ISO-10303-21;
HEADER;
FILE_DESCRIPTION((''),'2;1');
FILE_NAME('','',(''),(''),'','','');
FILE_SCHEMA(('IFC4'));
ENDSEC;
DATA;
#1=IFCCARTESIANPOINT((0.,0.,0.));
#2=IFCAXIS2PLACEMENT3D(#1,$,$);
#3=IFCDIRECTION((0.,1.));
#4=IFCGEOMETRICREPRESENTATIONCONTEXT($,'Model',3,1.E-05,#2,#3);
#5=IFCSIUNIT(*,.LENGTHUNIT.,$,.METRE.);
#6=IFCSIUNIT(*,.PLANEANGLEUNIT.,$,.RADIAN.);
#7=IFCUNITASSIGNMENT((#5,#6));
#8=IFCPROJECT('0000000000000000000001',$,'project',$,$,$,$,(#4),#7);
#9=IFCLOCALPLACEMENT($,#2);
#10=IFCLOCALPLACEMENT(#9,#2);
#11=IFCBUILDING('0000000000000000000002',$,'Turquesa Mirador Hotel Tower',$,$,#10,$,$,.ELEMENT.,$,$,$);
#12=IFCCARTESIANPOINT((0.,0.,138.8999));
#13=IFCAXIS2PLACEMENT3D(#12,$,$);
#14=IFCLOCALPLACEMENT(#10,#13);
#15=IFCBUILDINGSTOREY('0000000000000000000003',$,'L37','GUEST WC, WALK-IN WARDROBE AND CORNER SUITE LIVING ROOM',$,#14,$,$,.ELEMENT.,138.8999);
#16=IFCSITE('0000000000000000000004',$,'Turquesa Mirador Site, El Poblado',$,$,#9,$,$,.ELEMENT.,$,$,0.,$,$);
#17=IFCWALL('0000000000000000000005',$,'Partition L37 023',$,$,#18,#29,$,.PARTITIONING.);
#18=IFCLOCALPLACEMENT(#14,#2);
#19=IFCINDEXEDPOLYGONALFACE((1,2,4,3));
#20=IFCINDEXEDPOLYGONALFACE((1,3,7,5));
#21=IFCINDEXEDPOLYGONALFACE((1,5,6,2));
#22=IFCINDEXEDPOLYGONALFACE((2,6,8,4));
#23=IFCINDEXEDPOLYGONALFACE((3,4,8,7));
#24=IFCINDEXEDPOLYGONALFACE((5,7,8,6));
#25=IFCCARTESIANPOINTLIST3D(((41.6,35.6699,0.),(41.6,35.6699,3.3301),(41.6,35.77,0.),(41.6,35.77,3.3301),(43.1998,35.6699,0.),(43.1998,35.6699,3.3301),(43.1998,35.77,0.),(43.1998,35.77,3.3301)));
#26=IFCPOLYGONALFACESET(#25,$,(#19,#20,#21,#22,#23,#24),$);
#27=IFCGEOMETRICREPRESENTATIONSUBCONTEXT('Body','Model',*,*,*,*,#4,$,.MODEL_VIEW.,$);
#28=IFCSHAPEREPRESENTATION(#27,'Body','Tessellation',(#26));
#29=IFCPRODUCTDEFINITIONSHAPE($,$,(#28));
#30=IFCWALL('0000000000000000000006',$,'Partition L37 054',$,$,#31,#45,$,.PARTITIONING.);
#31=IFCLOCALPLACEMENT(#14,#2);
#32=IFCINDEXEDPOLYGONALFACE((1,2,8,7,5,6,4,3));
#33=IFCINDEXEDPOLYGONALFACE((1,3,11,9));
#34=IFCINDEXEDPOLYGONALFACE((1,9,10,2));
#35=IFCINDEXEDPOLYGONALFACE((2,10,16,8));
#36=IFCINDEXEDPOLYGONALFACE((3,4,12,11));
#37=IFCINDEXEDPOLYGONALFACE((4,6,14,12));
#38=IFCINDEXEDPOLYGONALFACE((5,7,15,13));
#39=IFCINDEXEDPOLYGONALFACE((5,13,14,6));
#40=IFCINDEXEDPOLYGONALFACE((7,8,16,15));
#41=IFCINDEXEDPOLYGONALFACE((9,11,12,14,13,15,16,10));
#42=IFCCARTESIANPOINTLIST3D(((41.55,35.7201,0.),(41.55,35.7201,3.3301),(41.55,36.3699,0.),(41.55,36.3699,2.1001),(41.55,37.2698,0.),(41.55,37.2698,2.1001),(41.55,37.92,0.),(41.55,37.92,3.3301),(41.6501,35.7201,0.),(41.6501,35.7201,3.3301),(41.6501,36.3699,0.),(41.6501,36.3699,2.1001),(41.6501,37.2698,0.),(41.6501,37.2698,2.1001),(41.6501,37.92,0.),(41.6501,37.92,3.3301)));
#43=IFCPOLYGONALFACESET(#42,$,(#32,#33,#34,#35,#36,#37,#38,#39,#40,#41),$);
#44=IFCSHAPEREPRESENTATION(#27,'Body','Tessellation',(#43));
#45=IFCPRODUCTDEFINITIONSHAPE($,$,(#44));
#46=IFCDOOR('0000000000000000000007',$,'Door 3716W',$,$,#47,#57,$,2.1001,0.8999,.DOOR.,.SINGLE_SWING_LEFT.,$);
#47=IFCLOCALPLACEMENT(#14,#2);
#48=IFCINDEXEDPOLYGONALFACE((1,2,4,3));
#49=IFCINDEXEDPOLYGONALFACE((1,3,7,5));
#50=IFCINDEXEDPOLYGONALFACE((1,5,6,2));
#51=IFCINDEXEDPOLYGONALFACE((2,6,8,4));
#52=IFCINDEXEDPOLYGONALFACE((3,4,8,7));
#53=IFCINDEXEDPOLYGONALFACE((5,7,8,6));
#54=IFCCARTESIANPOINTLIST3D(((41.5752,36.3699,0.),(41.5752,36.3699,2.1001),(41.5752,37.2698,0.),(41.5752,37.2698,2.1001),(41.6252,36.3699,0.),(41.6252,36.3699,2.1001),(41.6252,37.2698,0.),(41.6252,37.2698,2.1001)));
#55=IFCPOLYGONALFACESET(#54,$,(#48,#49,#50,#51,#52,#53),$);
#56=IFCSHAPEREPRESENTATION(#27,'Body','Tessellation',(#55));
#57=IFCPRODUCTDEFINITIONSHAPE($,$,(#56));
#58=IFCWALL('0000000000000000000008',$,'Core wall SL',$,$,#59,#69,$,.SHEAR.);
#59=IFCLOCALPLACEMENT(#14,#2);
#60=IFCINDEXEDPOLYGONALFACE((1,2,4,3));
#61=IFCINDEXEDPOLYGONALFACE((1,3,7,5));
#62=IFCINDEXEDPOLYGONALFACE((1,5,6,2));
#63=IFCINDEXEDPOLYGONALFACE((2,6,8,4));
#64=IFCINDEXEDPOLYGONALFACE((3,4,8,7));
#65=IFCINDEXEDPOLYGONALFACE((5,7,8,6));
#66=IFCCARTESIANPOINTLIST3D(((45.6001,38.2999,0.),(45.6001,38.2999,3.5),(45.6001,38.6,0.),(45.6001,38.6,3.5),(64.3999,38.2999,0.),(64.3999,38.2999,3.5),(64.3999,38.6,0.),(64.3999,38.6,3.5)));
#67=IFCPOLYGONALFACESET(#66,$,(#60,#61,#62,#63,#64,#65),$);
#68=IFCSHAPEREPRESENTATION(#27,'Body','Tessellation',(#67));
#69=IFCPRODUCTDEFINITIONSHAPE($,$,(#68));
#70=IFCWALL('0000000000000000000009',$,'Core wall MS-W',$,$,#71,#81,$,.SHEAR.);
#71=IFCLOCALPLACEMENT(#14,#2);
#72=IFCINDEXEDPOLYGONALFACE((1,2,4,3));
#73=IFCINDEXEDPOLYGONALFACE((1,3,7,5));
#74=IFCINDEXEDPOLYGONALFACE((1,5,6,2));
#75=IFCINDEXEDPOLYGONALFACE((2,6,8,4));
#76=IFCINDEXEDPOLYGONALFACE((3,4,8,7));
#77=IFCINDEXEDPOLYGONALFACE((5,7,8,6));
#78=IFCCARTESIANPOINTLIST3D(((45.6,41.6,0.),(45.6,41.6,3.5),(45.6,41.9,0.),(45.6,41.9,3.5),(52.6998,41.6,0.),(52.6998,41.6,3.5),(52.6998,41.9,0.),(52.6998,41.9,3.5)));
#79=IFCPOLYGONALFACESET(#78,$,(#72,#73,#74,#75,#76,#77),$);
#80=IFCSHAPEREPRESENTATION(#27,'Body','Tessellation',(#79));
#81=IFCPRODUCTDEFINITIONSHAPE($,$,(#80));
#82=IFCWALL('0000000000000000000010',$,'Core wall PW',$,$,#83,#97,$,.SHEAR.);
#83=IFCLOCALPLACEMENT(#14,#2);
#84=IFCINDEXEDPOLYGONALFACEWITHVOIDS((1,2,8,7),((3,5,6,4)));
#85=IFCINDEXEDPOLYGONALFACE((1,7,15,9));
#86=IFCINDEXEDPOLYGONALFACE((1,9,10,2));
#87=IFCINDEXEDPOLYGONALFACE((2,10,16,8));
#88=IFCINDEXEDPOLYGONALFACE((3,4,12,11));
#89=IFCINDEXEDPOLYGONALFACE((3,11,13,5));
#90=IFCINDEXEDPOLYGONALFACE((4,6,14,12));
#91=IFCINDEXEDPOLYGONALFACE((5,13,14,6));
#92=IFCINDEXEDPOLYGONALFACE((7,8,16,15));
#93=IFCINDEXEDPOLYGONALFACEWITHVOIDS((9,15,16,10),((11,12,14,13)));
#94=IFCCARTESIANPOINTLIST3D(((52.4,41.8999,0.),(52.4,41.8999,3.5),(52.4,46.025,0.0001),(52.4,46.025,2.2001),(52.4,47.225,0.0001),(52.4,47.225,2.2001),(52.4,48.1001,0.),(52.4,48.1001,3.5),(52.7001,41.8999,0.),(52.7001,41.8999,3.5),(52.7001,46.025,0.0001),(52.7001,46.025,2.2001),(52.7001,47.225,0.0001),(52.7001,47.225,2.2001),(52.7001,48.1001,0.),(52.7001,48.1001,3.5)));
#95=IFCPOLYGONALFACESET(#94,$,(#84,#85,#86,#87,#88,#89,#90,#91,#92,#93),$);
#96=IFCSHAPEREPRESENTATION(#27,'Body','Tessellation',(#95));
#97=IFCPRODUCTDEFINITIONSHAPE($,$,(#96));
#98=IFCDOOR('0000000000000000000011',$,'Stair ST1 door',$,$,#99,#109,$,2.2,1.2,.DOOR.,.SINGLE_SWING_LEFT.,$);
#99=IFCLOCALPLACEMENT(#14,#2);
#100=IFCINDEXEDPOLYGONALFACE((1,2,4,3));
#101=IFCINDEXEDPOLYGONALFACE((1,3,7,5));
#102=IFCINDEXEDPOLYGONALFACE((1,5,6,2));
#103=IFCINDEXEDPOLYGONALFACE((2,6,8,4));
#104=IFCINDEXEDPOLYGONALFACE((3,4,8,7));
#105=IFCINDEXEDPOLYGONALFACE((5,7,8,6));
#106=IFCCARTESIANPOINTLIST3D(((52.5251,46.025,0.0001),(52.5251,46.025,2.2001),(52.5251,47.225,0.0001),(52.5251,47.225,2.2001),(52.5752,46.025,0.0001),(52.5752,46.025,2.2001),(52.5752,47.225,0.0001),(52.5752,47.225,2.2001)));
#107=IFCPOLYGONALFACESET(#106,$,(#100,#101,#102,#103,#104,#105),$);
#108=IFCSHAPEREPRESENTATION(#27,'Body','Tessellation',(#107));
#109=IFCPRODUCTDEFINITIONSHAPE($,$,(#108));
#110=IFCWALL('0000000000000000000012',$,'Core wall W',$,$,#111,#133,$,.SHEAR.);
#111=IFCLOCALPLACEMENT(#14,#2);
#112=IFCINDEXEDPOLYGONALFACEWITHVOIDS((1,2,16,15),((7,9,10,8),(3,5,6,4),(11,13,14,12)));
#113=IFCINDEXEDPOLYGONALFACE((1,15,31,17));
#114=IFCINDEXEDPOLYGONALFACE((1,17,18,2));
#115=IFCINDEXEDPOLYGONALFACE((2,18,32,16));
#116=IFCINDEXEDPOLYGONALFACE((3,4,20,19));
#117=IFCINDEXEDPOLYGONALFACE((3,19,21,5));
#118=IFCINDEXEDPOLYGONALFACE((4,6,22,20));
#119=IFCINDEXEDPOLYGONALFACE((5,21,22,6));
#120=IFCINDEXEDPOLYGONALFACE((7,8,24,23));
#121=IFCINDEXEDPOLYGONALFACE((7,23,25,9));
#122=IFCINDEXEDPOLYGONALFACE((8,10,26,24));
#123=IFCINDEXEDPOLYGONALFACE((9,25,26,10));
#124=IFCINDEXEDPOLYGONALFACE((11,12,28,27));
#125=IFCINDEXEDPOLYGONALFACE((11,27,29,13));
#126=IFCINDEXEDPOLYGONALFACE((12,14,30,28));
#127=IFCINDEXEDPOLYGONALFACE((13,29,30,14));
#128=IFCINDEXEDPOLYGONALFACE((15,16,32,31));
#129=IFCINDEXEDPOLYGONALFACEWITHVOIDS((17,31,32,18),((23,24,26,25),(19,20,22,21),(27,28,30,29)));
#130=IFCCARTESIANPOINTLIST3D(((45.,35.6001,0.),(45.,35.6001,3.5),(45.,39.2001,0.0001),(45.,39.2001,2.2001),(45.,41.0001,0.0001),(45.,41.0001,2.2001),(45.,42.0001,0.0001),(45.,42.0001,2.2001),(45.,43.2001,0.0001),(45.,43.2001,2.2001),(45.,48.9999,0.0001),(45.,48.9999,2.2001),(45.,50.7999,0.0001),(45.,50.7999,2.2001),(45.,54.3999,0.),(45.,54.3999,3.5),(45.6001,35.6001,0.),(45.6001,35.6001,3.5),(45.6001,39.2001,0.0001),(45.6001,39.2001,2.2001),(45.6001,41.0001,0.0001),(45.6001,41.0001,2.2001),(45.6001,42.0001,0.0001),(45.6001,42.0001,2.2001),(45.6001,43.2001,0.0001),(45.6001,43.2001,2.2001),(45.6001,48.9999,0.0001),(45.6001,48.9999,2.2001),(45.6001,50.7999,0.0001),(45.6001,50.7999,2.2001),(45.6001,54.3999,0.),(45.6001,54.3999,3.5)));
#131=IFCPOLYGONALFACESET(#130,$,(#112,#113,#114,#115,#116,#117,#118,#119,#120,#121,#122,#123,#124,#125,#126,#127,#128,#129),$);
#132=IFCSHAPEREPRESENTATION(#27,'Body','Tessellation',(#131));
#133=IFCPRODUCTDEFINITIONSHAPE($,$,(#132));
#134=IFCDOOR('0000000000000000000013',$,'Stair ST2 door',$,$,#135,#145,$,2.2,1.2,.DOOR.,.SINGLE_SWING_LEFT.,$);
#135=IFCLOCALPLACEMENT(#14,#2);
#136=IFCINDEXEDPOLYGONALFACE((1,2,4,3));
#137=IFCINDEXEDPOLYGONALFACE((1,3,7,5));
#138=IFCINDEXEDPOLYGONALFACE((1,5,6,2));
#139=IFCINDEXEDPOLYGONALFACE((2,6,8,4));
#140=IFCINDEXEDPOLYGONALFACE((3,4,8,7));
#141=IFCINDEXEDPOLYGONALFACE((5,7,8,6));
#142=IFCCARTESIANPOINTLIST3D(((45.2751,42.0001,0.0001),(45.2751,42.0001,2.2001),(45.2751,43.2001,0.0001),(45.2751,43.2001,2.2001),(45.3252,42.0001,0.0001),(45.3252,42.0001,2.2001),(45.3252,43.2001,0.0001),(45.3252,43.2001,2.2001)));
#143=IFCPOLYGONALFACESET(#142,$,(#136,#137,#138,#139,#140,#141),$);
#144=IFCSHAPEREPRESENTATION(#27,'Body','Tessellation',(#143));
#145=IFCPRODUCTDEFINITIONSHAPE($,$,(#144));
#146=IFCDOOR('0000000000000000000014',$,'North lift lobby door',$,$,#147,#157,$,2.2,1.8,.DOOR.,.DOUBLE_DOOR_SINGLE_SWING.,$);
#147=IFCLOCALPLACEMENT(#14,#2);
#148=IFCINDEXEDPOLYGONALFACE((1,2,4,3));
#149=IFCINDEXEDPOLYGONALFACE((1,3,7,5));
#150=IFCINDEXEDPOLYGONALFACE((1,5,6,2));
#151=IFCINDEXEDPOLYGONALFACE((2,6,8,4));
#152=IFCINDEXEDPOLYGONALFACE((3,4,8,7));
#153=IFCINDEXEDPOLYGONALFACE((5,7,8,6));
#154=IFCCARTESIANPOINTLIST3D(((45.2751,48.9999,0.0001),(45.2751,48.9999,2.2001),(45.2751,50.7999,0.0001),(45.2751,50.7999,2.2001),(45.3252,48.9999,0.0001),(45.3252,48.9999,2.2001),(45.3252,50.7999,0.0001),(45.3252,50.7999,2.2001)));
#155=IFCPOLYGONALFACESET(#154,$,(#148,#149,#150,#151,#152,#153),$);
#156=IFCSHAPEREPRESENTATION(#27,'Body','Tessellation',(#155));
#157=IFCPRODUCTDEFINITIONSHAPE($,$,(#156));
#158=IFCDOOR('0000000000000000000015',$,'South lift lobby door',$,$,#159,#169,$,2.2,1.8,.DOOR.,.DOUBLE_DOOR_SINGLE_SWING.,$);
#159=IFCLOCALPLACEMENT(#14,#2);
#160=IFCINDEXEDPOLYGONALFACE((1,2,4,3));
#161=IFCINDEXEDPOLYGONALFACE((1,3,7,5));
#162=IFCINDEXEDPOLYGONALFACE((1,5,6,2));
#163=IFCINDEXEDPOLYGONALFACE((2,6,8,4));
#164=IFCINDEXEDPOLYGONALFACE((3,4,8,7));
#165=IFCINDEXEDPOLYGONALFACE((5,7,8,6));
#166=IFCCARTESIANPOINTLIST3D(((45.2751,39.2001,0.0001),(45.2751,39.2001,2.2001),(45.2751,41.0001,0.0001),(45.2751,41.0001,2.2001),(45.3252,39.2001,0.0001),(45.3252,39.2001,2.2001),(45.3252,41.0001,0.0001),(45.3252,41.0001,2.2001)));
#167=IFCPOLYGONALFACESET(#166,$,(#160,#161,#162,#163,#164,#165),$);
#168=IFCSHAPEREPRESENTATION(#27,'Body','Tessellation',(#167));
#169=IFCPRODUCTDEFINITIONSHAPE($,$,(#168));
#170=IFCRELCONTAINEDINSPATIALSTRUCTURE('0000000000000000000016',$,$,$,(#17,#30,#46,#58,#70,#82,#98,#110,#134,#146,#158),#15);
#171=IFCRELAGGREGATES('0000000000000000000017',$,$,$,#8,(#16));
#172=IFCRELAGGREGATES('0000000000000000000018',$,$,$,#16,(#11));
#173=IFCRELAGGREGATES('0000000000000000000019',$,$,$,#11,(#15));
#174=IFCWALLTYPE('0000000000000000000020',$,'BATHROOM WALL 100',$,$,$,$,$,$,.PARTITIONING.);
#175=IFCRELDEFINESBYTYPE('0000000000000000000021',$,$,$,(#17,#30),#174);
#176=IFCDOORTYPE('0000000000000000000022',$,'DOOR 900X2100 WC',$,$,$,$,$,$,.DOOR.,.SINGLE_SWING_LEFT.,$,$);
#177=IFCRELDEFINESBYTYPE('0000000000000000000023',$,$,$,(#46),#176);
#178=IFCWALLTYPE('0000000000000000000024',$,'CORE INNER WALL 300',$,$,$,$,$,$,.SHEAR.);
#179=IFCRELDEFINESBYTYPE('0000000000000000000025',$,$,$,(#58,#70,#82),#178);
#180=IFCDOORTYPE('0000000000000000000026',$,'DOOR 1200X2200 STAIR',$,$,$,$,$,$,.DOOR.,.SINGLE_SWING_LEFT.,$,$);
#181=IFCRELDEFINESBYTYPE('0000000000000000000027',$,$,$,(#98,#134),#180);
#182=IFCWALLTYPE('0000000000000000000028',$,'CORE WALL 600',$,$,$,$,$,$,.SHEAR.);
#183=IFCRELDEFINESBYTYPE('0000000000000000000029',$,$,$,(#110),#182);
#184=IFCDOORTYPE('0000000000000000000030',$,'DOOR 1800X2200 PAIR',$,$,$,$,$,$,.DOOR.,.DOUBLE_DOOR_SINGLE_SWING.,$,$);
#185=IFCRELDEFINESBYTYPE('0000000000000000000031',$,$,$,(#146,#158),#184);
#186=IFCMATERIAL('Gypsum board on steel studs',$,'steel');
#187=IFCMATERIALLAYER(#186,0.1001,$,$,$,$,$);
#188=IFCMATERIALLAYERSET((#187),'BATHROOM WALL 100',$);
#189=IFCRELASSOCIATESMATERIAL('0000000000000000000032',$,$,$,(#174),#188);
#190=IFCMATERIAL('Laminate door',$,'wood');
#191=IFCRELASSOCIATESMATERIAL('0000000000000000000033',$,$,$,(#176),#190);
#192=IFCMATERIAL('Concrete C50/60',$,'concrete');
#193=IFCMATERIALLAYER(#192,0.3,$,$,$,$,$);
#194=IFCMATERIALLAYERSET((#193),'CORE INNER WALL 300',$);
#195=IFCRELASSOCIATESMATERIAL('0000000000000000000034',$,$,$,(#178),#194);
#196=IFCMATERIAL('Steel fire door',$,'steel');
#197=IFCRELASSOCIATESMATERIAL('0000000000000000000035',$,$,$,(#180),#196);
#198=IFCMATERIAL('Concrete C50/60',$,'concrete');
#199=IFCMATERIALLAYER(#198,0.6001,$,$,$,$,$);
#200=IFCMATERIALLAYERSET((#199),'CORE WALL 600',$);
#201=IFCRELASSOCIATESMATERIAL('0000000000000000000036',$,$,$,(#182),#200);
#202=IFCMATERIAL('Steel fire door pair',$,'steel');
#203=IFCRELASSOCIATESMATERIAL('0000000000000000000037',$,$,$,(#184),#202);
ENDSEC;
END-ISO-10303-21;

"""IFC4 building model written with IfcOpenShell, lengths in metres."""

from ifc_helpers import new_model, si_unit, direction, frame, frame_2d, origin, place, context, subcontext, project, spatial, rectangle, extrude, material, layer, layer_set, type_object, element, fill, save


model = new_model("IFC4")

# Units and contexts
model_context = context("Model", 3, precision=1e-05, world=origin(), true_north=direction((0.0, 1.0)))
body_context = subcontext(model_context, "Body", "Model", "MODEL_VIEW")
ifc_project = project(units=[si_unit("LENGTHUNIT", "METRE"), si_unit("PLANEANGLEUNIT", "RADIAN")], contexts=[model_context])

# Site, building, storey
site_placement = place(None, origin())
site = spatial("IfcSite", under=ifc_project, at=site_placement, Name="Turquesa Mirador Site, El Poblado", CompositionType="ELEMENT", RefElevation=0.0)
building_placement = place(site_placement, origin())
building = spatial("IfcBuilding", under=site, at=building_placement, Name="Turquesa Mirador Hotel Tower", CompositionType="ELEMENT")
storey_placement = place(building_placement, frame((0.0, 0.0, 138.8999)))
storey = spatial("IfcBuildingStorey", under=building, at=storey_placement, Name="L37", Description="GUEST WC, WALK-IN WARDROBE AND CORNER SUITE LIVING ROOM", CompositionType="ELEMENT", Elevation=138.8999)

# Wall
ifc_material_1 = material(Name="Gypsum board on steel studs", Category="steel")
ifc_layer_1 = layer(ifc_material_1, 0.1001)
ifc_layer_set_1 = layer_set([ifc_layer_1], Name="BATHROOM WALL 100")
wall_type_1 = type_object("IfcWallType", Name="BATHROOM WALL 100", PredefinedType="PARTITIONING", material=ifc_layer_set_1)
wall_1_placement = place(storey_placement, frame((41.6001, 35.72, 0.0), z_axis=(0.0, 0.0, 1.0), x_axis=(1.0, 0.0, 0.0)))
element("IfcWall", 1, at=wall_1_placement, inside=storey, type_object=wall_type_1, Name="Partition L37 023", PredefinedType="PARTITIONING", context=body_context, shape_type="SweptSolid", body=[
    extrude(rectangle(XDim=1.5999, YDim=0.1001, at=frame_2d((0.7998, 0.0))), origin(), (0.0, 0.0, 1.0), 3.3301),
])

# Wall, opening, door
wall_2_placement = place(storey_placement, frame((41.6001, 35.72, 0.0), z_axis=(0.0, 0.0, 1.0), x_axis=(0.0, 1.0, 0.0)))
wall_2 = element("IfcWall", 2, at=wall_2_placement, inside=storey, type_object=wall_type_1, Name="Partition L37 054", PredefinedType="PARTITIONING", context=body_context, shape_type="SweptSolid", body=[
    extrude(rectangle(XDim=2.2, YDim=0.1001, at=frame_2d((1.1001, 0.0))), origin(), (0.0, 0.0, 1.0), 3.3301),
])
opening_1_placement = place(wall_2_placement, frame((0.6499, 0.0, 0.0)))
opening_1 = element("IfcOpeningElement", 3, at=opening_1_placement, cuts=wall_2, PredefinedType="OPENING", context=body_context, shape_type="SweptSolid", body=[
    extrude(rectangle(XDim=0.8999, YDim=2.1001, at=frame_2d((0.45, 1.05))), frame((0.0, 0.0601, 0.0), z_axis=(0.0, -1.0, 0.0), x_axis=(1.0, 0.0, 0.0)), (0.0, 0.0, 1.0), 0.1201),
])
ifc_material_2 = material(Name="Laminate door", Category="wood")
door_type_1 = type_object("IfcDoorType", Name="DOOR 900X2100 WC", OperationType="SINGLE_SWING_LEFT", PredefinedType="DOOR", material=ifc_material_2)
door_1_placement = place(opening_1_placement, origin())
door_1 = element("IfcDoor", 4, at=door_1_placement, inside=storey, type_object=door_type_1, Name="Door 3716W", OperationType="SINGLE_SWING_LEFT", OverallHeight=2.1001, OverallWidth=0.8999, PredefinedType="DOOR", context=body_context, shape_type="SweptSolid", body=[
    extrude(rectangle(XDim=0.8999, YDim=2.1001, at=frame_2d((0.45, 1.05))), frame((0.0, 0.0249, 0.0), z_axis=(0.0, -1.0, 0.0), x_axis=(1.0, 0.0, 0.0)), (0.0, 0.0, 1.0), 0.05),
])
fill(opening_1, door_1)

# Walls
ifc_material_3 = material(Name="Concrete C50/60", Category="concrete")
ifc_layer_2 = layer(ifc_material_3, 0.3)
ifc_layer_set_2 = layer_set([ifc_layer_2], Name="CORE INNER WALL 300")
wall_type_2 = type_object("IfcWallType", Name="CORE INNER WALL 300", PredefinedType="SHEAR", material=ifc_layer_set_2)
wall_3_placement = place(storey_placement, frame((45.6001, 38.45, 0.0), z_axis=(0.0, 0.0, 1.0), x_axis=(1.0, 0.0, 0.0)))
element("IfcWall", 5, at=wall_3_placement, inside=storey, type_object=wall_type_2, Name="Core wall SL", PredefinedType="SHEAR", context=body_context, shape_type="SweptSolid", body=[
    extrude(rectangle(XDim=18.7998, YDim=0.3, at=frame_2d((9.3999, 0.0))), origin(), (0.0, 0.0, 1.0), 3.5),
])
wall_4_placement = place(storey_placement, frame((45.6001, 41.75, 0.0), z_axis=(0.0, 0.0, 1.0), x_axis=(1.0, 0.0, 0.0)))
element("IfcWall", 6, at=wall_4_placement, inside=storey, type_object=wall_type_2, Name="Core wall MS-W", PredefinedType="SHEAR", context=body_context, shape_type="SweptSolid", body=[
    extrude(rectangle(XDim=7.0999, YDim=0.3, at=frame_2d((3.5498, 0.0))), origin(), (0.0, 0.0, 1.0), 3.5),
])

# Wall, opening, door
wall_5_placement = place(storey_placement, frame((52.55, 41.8999, 0.0), z_axis=(0.0, 0.0, 1.0), x_axis=(0.0, 1.0, 0.0)))
wall_5 = element("IfcWall", 7, at=wall_5_placement, inside=storey, type_object=wall_type_2, Name="Core wall PW", PredefinedType="SHEAR", context=body_context, shape_type="SweptSolid", body=[
    extrude(rectangle(XDim=6.2002, YDim=0.3, at=frame_2d((3.1001, 0.0))), origin(), (0.0, 0.0, 1.0), 3.5),
])
opening_2_placement = place(wall_5_placement, frame((4.125, 0.0, 0.0)))
opening_2 = element("IfcOpeningElement", 8, at=opening_2_placement, cuts=wall_5, PredefinedType="OPENING", context=body_context, shape_type="SweptSolid", body=[
    extrude(rectangle(XDim=1.2, YDim=2.2, at=frame_2d((0.6001, 1.1001))), frame((0.0, 0.1599, 0.0), z_axis=(0.0, -1.0, 0.0), x_axis=(1.0, 0.0, 0.0)), (0.0, 0.0, 1.0), 0.3201),
])
ifc_material_4 = material(Name="Steel fire door", Category="steel")
door_type_2 = type_object("IfcDoorType", Name="DOOR 1200X2200 STAIR", OperationType="SINGLE_SWING_LEFT", PredefinedType="DOOR", material=ifc_material_4)
door_2_placement = place(opening_2_placement, origin())
door_2 = element("IfcDoor", 9, at=door_2_placement, inside=storey, type_object=door_type_2, Name="Stair ST1 door", OperationType="SINGLE_SWING_LEFT", OverallHeight=2.2, OverallWidth=1.2, PredefinedType="DOOR", context=body_context, shape_type="SweptSolid", body=[
    extrude(rectangle(XDim=1.2, YDim=2.2, at=frame_2d((0.6001, 1.1001))), frame((0.0, 0.0249, 0.0), z_axis=(0.0, -1.0, 0.0), x_axis=(1.0, 0.0, 0.0)), (0.0, 0.0, 1.0), 0.05),
])
fill(opening_2, door_2)

# Wall, openings, doors
ifc_material_5 = material(Name="Concrete C50/60", Category="concrete")
ifc_layer_3 = layer(ifc_material_5, 0.6001)
ifc_layer_set_3 = layer_set([ifc_layer_3], Name="CORE WALL 600")
wall_type_3 = type_object("IfcWallType", Name="CORE WALL 600", PredefinedType="SHEAR", material=ifc_layer_set_3)
wall_6_placement = place(storey_placement, frame((45.3, 35.6001, 0.0), z_axis=(0.0, 0.0, 1.0), x_axis=(0.0, 1.0, 0.0)))
wall_6 = element("IfcWall", 10, at=wall_6_placement, inside=storey, type_object=wall_type_3, Name="Core wall W", PredefinedType="SHEAR", context=body_context, shape_type="SweptSolid", body=[
    extrude(rectangle(XDim=18.7998, YDim=0.6001, at=frame_2d((9.3999, 0.0))), origin(), (0.0, 0.0, 1.0), 3.5),
])
opening_3_placement = place(wall_6_placement, frame((13.3999, 0.0, 0.0)))
opening_3 = element("IfcOpeningElement", 11, at=opening_3_placement, cuts=wall_6, PredefinedType="OPENING", context=body_context, shape_type="SweptSolid", body=[
    extrude(rectangle(XDim=1.8, YDim=2.2, at=frame_2d((0.8999, 1.1001))), frame((0.0, 0.3101, 0.0), z_axis=(0.0, -1.0, 0.0), x_axis=(1.0, 0.0, 0.0)), (0.0, 0.0, 1.0), 0.6201),
])
opening_4_placement = place(wall_6_placement, frame((3.6001, 0.0, 0.0)))
opening_4 = element("IfcOpeningElement", 12, at=opening_4_placement, cuts=wall_6, PredefinedType="OPENING", context=body_context, shape_type="SweptSolid", body=[
    extrude(rectangle(XDim=1.8, YDim=2.2, at=frame_2d((0.8999, 1.1001))), frame((0.0, 0.3101, 0.0), z_axis=(0.0, -1.0, 0.0), x_axis=(1.0, 0.0, 0.0)), (0.0, 0.0, 1.0), 0.6201),
])
opening_5_placement = place(wall_6_placement, frame((6.3999, 0.0, 0.0)))
opening_5 = element("IfcOpeningElement", 13, at=opening_5_placement, cuts=wall_6, PredefinedType="OPENING", context=body_context, shape_type="SweptSolid", body=[
    extrude(rectangle(XDim=1.2, YDim=2.2, at=frame_2d((0.6001, 1.1001))), frame((0.0, 0.3101, 0.0), z_axis=(0.0, -1.0, 0.0), x_axis=(1.0, 0.0, 0.0)), (0.0, 0.0, 1.0), 0.6201),
])
door_3_placement = place(opening_5_placement, origin())
door_3 = element("IfcDoor", 14, at=door_3_placement, inside=storey, type_object=door_type_2, Name="Stair ST2 door", OperationType="SINGLE_SWING_LEFT", OverallHeight=2.2, OverallWidth=1.2, PredefinedType="DOOR", context=body_context, shape_type="SweptSolid", body=[
    extrude(rectangle(XDim=1.2, YDim=2.2, at=frame_2d((0.6001, 1.1001))), frame((0.0, 0.0249, 0.0), z_axis=(0.0, -1.0, 0.0), x_axis=(1.0, 0.0, 0.0)), (0.0, 0.0, 1.0), 0.05),
])
fill(opening_5, door_3)
ifc_material_6 = material(Name="Steel fire door pair", Category="steel")
door_type_3 = type_object("IfcDoorType", Name="DOOR 1800X2200 PAIR", OperationType="DOUBLE_DOOR_SINGLE_SWING", PredefinedType="DOOR", material=ifc_material_6)
door_4_placement = place(opening_3_placement, origin())
door_4 = element("IfcDoor", 15, at=door_4_placement, inside=storey, type_object=door_type_3, Name="North lift lobby door", OperationType="DOUBLE_DOOR_SINGLE_SWING", OverallHeight=2.2, OverallWidth=1.8, PredefinedType="DOOR", context=body_context, shape_type="SweptSolid", body=[
    extrude(rectangle(XDim=1.8, YDim=2.2, at=frame_2d((0.8999, 1.1001))), frame((0.0, 0.0249, 0.0), z_axis=(0.0, -1.0, 0.0), x_axis=(1.0, 0.0, 0.0)), (0.0, 0.0, 1.0), 0.05),
])
fill(opening_3, door_4)
door_5_placement = place(opening_4_placement, origin())
door_5 = element("IfcDoor", 16, at=door_5_placement, inside=storey, type_object=door_type_3, Name="South lift lobby door", OperationType="DOUBLE_DOOR_SINGLE_SWING", OverallHeight=2.2, OverallWidth=1.8, PredefinedType="DOOR", context=body_context, shape_type="SweptSolid", body=[
    extrude(rectangle(XDim=1.8, YDim=2.2, at=frame_2d((0.8999, 1.1001))), frame((0.0, 0.0249, 0.0), z_axis=(0.0, -1.0, 0.0), x_axis=(1.0, 0.0, 0.0)), (0.0, 0.0, 1.0), 0.05),
])
fill(opening_4, door_5)

save(model, "model.ifc")
